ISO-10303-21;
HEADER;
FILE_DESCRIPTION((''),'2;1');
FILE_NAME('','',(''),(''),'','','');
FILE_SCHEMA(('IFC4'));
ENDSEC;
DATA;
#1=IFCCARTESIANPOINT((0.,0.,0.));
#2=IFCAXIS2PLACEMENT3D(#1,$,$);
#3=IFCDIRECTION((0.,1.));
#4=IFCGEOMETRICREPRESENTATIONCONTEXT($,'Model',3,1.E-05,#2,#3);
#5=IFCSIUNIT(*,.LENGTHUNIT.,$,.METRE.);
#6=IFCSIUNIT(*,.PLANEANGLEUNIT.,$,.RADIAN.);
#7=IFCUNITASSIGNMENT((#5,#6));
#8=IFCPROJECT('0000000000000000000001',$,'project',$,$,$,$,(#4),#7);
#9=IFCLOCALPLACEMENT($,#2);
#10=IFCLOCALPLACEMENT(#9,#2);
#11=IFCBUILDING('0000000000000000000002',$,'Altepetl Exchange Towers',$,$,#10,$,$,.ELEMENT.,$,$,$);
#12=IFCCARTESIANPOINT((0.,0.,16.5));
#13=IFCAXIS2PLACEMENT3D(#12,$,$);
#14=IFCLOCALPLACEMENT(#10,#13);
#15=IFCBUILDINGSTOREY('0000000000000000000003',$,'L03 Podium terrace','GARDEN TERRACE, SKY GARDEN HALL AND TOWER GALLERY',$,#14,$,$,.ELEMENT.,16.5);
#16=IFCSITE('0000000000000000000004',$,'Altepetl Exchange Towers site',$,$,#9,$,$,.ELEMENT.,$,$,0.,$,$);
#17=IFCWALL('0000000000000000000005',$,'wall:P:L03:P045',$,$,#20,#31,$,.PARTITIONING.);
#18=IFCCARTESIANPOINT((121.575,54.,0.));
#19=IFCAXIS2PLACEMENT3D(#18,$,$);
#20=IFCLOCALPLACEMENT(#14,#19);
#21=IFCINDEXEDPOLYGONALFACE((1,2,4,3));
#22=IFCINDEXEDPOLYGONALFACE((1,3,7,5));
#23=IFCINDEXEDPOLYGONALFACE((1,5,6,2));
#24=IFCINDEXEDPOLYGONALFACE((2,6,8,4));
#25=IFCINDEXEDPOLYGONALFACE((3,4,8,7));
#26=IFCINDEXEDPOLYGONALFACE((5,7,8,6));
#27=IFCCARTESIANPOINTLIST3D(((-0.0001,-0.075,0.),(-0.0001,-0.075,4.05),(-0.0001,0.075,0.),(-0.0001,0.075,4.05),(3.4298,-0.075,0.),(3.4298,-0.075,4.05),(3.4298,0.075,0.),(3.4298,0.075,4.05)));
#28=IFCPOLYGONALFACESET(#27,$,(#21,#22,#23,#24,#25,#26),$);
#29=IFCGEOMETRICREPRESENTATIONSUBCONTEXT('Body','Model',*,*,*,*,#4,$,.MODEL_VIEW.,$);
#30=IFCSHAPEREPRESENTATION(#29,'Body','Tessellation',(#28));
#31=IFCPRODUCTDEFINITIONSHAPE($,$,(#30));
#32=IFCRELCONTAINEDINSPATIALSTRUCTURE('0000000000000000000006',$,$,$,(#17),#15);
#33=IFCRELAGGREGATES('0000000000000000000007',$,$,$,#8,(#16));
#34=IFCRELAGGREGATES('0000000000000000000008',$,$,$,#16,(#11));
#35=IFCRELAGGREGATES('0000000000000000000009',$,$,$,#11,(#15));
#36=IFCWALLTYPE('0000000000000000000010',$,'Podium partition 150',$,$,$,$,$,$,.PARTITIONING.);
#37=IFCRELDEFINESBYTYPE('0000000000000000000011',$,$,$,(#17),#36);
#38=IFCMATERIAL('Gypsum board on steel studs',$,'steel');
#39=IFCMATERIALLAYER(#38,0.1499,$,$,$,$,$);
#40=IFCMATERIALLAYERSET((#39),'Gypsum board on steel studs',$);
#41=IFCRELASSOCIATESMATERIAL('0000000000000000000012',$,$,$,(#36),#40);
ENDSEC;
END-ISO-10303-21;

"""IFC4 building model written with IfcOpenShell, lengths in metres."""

from ifc_helpers import new_model, si_unit, direction, frame, frame_2d, origin, place, context, subcontext, project, spatial, rectangle, extrude, material, layer, layer_set, type_object, element, save


model = new_model("IFC4")

# Units and contexts
model_context = context("Model", 3, precision=1e-05, world=origin(), true_north=direction((0.0, 1.0)))
body_context = subcontext(model_context, "Body", "Model", "MODEL_VIEW")
ifc_project = project(units=[si_unit("LENGTHUNIT", "METRE"), si_unit("PLANEANGLEUNIT", "RADIAN")], contexts=[model_context])

# Site, building, storey
site_placement = place(None, origin())
site = spatial("IfcSite", under=ifc_project, at=site_placement, Name="Altepetl Exchange Towers site", CompositionType="ELEMENT", RefElevation=0.0)
building_placement = place(site_placement, origin())
building = spatial("IfcBuilding", under=site, at=building_placement, Name="Altepetl Exchange Towers", CompositionType="ELEMENT")
storey_placement = place(building_placement, frame((0.0, 0.0, 16.5)))
storey = spatial("IfcBuildingStorey", under=building, at=storey_placement, Name="L03 Podium terrace", Description="GARDEN TERRACE, SKY GARDEN HALL AND TOWER GALLERY", CompositionType="ELEMENT", Elevation=16.5)

# Wall
ifc_material_1 = material(Name="Gypsum board on steel studs", Category="steel")
ifc_layer_1 = layer(ifc_material_1, 0.1499)
ifc_layer_set_1 = layer_set([ifc_layer_1], Name="Gypsum board on steel studs")
wall_type_1 = type_object("IfcWallType", Name="Podium partition 150", PredefinedType="PARTITIONING", material=ifc_layer_set_1)
wall_1_placement = place(storey_placement, frame((121.575, 54.0, 0.0)))
element("IfcWall", 1, at=wall_1_placement, inside=storey, type_object=wall_type_1, Name="wall:P:L03:P045", PredefinedType="PARTITIONING", context=body_context, shape_type="SweptSolid", body=[
    extrude(rectangle(XDim=3.4299, YDim=0.1499, at=frame_2d((1.7148, 0.0))), origin(), (0.0, 0.0, 1.0), 4.05),
])

save(model, "model.ifc")
